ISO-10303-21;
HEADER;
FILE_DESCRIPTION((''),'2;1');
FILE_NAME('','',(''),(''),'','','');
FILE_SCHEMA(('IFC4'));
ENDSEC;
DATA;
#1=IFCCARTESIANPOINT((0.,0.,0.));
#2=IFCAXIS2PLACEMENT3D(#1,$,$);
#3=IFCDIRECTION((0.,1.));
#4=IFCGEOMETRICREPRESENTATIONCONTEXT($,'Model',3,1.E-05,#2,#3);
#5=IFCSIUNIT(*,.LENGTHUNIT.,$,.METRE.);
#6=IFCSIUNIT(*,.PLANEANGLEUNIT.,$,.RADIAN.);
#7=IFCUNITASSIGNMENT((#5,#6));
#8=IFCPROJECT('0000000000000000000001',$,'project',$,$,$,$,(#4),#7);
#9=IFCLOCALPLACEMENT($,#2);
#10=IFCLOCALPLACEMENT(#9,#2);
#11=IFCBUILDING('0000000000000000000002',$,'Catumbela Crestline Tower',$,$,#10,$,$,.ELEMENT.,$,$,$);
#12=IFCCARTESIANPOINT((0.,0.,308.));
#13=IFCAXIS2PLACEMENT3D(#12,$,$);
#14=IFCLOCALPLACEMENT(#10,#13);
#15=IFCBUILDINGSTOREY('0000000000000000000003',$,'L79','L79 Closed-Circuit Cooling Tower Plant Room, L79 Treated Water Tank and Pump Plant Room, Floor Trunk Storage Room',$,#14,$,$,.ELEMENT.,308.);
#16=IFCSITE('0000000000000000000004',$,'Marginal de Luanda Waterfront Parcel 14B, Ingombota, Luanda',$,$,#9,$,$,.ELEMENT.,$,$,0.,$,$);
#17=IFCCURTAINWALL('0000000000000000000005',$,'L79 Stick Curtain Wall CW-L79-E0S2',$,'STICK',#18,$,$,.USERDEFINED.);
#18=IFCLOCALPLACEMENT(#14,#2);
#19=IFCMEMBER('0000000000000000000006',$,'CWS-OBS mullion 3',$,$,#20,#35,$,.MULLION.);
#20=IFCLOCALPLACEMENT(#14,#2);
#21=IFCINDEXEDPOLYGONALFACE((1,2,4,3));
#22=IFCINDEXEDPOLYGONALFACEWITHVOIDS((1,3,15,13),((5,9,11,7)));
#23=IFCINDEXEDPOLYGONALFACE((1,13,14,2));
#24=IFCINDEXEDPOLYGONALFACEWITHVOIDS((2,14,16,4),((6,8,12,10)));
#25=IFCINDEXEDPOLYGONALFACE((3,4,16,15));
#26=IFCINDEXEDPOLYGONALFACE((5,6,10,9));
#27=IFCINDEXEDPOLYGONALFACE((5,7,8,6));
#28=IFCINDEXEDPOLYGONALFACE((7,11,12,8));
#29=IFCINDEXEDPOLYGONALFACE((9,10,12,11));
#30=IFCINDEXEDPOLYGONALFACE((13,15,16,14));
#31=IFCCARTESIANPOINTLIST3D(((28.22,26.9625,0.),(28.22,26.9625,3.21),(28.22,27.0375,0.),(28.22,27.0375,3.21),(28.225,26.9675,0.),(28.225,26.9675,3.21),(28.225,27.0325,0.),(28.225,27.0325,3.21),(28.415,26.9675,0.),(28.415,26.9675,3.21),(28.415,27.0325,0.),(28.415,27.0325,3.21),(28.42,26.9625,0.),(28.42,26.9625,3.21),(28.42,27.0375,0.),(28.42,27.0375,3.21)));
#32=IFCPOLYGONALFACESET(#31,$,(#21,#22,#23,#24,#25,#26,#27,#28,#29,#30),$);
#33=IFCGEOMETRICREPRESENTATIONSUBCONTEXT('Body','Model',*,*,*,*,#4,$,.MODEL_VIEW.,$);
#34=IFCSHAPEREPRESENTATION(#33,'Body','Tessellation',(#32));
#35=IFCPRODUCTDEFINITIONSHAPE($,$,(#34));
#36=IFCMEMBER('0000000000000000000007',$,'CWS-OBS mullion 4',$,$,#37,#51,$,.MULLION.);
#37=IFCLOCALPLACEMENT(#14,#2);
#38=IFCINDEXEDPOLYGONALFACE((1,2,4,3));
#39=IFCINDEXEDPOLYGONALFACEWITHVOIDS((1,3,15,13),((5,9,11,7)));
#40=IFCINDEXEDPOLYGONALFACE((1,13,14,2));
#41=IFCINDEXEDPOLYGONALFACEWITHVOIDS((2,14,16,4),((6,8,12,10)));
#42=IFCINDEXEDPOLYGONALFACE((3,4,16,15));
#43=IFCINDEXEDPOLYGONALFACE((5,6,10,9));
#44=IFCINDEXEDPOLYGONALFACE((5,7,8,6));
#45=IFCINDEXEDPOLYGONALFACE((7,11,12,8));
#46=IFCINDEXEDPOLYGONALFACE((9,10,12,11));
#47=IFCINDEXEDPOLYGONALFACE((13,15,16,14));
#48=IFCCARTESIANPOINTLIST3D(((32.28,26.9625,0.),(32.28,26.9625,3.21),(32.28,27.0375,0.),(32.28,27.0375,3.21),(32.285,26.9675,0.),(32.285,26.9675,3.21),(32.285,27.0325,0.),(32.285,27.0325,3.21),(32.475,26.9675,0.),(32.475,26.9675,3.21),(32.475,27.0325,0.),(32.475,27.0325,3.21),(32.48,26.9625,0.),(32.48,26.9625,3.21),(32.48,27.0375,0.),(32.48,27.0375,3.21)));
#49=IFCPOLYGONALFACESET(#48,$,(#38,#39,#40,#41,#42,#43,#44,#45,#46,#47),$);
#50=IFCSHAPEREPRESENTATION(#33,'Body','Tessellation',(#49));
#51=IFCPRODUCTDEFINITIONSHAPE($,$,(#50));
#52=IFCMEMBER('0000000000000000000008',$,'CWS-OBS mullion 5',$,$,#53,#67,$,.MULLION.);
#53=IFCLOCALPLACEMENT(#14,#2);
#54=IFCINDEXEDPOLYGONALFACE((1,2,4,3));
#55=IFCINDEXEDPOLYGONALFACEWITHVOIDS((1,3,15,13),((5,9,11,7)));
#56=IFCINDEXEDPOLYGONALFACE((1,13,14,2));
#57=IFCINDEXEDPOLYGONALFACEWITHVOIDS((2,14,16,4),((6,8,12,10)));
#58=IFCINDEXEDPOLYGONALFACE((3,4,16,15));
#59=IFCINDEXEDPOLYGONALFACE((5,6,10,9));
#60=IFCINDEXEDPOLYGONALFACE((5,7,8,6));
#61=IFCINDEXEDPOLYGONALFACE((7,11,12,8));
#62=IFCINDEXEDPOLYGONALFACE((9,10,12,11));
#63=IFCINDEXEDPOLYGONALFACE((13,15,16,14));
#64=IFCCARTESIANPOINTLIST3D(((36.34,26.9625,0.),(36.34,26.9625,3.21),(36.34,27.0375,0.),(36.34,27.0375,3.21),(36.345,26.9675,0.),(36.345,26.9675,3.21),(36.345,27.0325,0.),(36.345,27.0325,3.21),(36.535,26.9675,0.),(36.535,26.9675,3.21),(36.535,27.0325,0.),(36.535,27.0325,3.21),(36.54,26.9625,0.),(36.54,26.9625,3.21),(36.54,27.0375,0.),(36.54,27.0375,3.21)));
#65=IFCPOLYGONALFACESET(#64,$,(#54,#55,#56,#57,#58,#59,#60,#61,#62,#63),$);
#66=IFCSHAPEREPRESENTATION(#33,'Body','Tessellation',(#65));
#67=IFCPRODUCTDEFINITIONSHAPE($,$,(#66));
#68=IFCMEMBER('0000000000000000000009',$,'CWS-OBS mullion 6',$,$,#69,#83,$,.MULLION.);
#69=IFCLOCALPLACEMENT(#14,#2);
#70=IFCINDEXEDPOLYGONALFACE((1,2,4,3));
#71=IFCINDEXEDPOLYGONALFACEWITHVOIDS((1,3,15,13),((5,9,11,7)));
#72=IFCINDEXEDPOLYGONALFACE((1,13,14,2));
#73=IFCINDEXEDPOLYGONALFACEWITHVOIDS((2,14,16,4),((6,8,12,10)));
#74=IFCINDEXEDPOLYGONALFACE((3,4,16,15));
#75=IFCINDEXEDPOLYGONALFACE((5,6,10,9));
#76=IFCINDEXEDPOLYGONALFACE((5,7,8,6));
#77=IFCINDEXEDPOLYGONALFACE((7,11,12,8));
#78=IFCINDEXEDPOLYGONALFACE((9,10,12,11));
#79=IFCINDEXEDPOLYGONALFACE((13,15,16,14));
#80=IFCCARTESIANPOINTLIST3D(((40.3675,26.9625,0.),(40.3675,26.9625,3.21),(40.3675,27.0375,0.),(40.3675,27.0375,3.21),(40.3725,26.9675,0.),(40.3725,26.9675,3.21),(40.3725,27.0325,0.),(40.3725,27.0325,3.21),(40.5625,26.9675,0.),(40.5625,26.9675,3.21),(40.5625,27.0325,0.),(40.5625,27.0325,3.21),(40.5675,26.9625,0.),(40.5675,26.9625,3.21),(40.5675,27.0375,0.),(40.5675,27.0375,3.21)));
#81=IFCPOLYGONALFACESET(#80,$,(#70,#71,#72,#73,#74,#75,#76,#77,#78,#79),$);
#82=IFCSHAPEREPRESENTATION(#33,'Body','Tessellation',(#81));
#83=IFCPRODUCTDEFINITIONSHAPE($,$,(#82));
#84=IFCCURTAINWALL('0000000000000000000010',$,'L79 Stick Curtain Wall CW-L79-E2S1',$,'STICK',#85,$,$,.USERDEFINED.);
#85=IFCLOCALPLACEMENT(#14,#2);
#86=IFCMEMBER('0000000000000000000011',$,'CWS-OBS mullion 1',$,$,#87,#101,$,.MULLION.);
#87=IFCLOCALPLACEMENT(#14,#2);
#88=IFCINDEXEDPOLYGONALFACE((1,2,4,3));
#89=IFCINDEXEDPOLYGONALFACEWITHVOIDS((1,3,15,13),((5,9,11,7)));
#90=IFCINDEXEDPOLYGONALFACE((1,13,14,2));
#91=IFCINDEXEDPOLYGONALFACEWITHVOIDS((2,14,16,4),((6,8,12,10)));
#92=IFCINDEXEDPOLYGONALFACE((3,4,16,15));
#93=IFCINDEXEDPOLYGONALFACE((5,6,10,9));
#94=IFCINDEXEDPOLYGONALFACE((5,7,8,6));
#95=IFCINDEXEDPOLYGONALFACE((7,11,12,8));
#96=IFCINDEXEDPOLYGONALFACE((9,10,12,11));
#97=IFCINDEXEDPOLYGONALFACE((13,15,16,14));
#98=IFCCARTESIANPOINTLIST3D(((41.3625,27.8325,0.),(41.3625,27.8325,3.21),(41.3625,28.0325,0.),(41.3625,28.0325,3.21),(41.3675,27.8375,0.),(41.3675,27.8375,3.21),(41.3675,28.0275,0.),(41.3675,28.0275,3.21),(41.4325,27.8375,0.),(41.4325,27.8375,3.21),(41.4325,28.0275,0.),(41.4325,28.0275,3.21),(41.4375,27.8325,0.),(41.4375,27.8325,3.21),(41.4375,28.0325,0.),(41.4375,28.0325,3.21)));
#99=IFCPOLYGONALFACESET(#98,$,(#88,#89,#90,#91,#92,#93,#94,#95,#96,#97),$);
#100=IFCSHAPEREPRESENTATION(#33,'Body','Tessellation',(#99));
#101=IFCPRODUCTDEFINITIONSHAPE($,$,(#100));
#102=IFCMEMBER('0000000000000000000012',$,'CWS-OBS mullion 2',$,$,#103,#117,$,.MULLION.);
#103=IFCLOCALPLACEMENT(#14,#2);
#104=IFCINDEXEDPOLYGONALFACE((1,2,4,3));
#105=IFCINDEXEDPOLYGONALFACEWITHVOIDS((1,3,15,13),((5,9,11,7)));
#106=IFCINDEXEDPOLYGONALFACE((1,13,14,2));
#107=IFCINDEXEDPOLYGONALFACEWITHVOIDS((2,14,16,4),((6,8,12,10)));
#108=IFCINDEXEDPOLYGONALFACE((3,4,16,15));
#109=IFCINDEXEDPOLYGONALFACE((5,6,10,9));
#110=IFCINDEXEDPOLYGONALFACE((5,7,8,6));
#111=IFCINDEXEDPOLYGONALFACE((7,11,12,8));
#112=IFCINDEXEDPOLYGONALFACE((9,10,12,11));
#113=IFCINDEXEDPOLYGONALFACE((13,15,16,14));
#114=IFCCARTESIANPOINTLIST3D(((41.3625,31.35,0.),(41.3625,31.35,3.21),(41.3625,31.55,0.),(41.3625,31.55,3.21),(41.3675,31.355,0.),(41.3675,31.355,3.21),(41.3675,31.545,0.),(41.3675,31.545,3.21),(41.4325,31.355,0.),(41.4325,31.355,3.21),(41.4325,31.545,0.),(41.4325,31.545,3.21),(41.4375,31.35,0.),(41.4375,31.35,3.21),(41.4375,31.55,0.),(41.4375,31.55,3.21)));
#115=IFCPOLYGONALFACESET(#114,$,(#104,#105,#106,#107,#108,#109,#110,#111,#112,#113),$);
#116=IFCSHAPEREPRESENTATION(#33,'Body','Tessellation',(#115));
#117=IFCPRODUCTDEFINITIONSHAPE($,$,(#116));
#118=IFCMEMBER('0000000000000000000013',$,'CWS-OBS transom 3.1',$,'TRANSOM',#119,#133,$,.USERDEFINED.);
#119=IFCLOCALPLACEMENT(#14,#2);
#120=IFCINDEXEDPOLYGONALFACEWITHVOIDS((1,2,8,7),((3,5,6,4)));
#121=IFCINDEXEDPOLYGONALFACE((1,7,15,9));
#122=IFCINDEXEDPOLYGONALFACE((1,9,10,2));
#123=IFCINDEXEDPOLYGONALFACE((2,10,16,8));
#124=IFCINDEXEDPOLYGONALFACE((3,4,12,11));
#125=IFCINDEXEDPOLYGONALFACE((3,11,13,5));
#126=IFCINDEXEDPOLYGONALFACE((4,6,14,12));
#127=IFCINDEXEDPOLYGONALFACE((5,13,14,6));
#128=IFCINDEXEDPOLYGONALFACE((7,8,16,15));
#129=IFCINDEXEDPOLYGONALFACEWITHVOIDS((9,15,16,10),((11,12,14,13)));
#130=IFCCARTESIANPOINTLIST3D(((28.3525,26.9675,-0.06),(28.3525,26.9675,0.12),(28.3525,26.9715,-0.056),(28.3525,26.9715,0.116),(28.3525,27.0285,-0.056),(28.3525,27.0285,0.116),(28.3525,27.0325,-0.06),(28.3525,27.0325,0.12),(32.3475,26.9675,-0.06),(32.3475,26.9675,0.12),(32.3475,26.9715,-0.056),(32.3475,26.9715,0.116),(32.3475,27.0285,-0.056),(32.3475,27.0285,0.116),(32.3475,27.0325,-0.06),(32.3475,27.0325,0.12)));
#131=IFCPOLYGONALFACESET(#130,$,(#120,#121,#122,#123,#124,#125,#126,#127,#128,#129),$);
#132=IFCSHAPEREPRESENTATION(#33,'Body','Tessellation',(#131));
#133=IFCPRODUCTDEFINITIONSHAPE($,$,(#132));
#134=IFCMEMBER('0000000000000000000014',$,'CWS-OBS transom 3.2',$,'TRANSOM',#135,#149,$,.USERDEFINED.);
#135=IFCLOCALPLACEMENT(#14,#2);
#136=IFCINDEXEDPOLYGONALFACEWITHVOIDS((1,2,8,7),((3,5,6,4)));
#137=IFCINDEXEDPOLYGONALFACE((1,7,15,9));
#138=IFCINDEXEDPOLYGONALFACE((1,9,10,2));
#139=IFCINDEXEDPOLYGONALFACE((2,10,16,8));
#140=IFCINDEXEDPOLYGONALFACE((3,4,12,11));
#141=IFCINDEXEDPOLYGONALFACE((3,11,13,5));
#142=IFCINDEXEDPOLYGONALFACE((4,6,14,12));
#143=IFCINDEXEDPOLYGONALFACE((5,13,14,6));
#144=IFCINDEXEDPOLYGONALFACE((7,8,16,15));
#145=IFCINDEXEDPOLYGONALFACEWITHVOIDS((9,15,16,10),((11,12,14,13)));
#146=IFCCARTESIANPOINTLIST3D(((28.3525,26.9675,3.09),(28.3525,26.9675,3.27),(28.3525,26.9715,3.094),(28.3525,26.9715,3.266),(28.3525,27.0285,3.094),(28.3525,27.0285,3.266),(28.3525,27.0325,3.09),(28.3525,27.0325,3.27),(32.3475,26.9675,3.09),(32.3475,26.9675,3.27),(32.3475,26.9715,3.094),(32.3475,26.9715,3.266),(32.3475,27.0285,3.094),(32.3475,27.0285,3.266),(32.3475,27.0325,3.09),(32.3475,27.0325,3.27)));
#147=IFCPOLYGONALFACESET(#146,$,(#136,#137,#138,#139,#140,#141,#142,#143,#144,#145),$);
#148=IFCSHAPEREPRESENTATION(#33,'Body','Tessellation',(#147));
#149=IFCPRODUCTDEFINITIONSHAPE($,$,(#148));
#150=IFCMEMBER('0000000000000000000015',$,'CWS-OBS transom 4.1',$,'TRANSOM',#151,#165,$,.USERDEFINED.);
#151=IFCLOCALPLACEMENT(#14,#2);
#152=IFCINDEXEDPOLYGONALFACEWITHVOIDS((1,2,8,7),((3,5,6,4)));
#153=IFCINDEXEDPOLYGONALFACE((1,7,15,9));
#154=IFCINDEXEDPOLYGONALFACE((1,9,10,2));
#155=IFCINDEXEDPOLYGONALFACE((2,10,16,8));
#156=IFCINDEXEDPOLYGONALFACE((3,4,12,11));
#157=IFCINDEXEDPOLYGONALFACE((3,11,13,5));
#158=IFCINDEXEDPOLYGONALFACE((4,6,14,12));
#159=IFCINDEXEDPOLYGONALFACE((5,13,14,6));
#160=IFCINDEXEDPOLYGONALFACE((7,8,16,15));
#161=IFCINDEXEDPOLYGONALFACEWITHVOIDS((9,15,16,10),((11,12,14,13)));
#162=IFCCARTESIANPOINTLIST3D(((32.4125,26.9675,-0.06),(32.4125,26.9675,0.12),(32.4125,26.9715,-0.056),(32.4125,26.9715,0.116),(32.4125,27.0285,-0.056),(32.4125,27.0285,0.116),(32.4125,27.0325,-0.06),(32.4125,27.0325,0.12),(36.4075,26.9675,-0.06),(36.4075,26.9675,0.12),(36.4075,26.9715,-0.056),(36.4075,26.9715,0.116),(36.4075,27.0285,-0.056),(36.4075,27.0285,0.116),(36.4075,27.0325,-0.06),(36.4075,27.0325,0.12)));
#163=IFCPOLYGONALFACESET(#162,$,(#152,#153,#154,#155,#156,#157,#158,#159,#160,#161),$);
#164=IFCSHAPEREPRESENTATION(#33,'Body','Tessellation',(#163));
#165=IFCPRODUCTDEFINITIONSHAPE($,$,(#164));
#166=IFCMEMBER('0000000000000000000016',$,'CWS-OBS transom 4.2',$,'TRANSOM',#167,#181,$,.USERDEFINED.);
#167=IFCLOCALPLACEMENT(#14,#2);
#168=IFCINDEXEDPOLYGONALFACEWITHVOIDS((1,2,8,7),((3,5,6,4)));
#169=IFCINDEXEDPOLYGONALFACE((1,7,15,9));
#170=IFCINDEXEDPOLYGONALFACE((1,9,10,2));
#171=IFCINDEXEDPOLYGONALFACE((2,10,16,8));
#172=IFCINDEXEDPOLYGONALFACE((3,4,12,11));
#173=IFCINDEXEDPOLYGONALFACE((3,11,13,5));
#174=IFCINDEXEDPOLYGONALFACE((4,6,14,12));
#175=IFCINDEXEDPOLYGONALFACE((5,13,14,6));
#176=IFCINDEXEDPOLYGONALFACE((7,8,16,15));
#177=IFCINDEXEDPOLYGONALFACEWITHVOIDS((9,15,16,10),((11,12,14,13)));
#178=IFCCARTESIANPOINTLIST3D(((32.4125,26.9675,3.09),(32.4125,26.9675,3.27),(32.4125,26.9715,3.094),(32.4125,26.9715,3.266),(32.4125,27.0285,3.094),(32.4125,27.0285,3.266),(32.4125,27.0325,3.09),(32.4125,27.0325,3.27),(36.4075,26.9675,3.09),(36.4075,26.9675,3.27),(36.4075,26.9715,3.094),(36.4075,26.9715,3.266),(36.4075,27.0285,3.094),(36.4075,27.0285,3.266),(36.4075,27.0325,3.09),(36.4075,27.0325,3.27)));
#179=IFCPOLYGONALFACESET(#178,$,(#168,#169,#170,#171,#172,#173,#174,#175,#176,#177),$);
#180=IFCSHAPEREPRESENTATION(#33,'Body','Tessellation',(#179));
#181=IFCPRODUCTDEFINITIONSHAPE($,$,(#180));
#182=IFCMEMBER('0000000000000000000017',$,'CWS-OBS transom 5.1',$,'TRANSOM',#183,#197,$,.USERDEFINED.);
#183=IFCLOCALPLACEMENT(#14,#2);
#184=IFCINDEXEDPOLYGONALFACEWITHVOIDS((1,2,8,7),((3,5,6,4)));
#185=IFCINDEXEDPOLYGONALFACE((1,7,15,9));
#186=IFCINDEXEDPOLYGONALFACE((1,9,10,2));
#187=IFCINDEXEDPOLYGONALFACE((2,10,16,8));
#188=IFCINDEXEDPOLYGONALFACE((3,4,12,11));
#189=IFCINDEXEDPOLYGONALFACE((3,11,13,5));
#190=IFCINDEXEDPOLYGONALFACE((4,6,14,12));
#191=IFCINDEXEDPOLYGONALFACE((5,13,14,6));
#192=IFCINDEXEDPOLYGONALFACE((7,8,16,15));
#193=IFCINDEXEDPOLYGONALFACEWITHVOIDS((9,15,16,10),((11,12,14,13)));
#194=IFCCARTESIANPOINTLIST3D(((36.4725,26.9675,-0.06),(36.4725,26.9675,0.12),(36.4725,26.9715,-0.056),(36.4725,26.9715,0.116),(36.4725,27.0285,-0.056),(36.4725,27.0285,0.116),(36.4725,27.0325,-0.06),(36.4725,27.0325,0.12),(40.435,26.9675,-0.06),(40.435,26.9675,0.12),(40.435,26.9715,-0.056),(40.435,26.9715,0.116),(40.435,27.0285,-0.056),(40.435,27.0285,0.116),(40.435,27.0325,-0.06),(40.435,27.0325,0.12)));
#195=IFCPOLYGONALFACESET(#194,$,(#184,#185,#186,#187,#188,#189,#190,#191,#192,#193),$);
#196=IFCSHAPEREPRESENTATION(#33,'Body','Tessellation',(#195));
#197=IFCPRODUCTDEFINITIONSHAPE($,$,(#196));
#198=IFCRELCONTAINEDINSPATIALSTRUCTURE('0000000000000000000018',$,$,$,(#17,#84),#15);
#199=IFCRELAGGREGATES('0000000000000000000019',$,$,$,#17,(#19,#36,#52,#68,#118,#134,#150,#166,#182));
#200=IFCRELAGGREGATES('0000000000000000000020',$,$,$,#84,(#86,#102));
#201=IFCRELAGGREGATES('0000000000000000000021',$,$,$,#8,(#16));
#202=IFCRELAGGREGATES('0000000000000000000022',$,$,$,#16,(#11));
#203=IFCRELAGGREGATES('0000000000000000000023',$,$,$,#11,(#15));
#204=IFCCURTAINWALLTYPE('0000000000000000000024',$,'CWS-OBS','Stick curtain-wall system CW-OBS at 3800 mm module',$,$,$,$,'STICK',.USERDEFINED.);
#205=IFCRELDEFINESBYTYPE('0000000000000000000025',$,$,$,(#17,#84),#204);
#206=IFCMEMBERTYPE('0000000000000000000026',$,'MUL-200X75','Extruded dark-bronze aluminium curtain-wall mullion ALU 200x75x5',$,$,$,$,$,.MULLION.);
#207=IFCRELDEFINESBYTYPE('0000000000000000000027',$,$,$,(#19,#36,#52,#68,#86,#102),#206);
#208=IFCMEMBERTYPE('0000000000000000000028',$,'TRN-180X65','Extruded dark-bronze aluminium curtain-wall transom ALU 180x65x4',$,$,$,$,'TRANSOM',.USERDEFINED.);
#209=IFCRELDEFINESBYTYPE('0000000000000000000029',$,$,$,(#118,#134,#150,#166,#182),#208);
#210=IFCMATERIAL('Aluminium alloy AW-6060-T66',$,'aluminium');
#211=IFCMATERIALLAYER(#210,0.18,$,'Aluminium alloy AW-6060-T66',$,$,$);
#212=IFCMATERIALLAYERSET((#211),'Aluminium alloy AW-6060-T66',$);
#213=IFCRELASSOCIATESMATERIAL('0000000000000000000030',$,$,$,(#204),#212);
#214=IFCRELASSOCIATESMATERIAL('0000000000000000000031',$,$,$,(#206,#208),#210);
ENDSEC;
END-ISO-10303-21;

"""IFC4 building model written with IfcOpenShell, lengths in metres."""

from ifc_helpers import new_model, si_unit, direction, frame, origin, origin_2d, place, context, subcontext, project, spatial, hollow_rectangle, extrude, material, layer, layer_set, material_profile, profile_set, type_object, element, aggregate, save


model = new_model("IFC4")

# Units and contexts
model_context = context("Model", 3, precision=1e-05, world=origin(), true_north=direction((0.0, 1.0)))
body_context = subcontext(model_context, "Body", "Model", "MODEL_VIEW")
ifc_project = project(units=[si_unit("LENGTHUNIT", "METRE"), si_unit("PLANEANGLEUNIT", "RADIAN")], contexts=[model_context])

# Site, building, storey
site_placement = place(None, origin())
site = spatial("IfcSite", under=ifc_project, at=site_placement, Name="Marginal de Luanda Waterfront Parcel 14B, Ingombota, Luanda", CompositionType="ELEMENT", RefElevation=0.0)
building_placement = place(site_placement, origin())
building = spatial("IfcBuilding", under=site, at=building_placement, Name="Catumbela Crestline Tower", CompositionType="ELEMENT")
storey_placement = place(building_placement, frame((0.0, 0.0, 308.0)))
storey = spatial("IfcBuildingStorey", under=building, at=storey_placement, Name="L79", Description="L79 Closed-Circuit Cooling Tower Plant Room, L79 Treated Water Tank and Pump Plant Room, Floor Trunk Storage Room", CompositionType="ELEMENT", Elevation=308.0)

# Curtain walls, members
ifc_material_1 = material(Name="Aluminium alloy AW-6060-T66", Category="aluminium")
ifc_layer_1 = layer(ifc_material_1, 0.18, Name="Aluminium alloy AW-6060-T66")
ifc_layer_set_1 = layer_set([ifc_layer_1], Name="Aluminium alloy AW-6060-T66")
curtain_wall_type = type_object("IfcCurtainWallType", Name="CWS-OBS", Description="Stick curtain-wall system CW-OBS at 3800 mm module", ElementType="STICK", PredefinedType="USERDEFINED", material=ifc_layer_set_1)
curtain_wall_1_placement = place(storey_placement, origin())
curtain_wall_1 = element("IfcCurtainWall", 1, at=curtain_wall_1_placement, inside=storey, type_object=curtain_wall_type, Name="L79 Stick Curtain Wall CW-L79-E0S2", ObjectType="STICK", PredefinedType="USERDEFINED")
ifc_material_profile_1 = material_profile(ifc_material_1, hollow_rectangle(XDim=0.075, YDim=0.2, WallThickness=0.005, at=origin_2d()), Name="ALU 200x75x5")
ifc_profile_set_1 = profile_set([ifc_material_profile_1], Name="Aluminium alloy AW-6060-T66")
member_type_1 = type_object("IfcMemberType", Name="MUL-200X75", Description="Extruded dark-bronze aluminium curtain-wall mullion ALU 200x75x5", PredefinedType="MULLION", material=ifc_profile_set_1)
member_1_placement = place(storey_placement, frame((28.32, 27.0, 0.0), z_axis=(0.0, 0.0, 1.0), x_axis=(0.0, 1.0, 0.0)))
member_1 = element("IfcMember", 2, at=member_1_placement, type_object=member_type_1, Name="CWS-OBS mullion 3", PredefinedType="MULLION", context=body_context, shape_type="SweptSolid", body=[
    extrude(hollow_rectangle(XDim=0.075, YDim=0.2, WallThickness=0.005, at=origin_2d()), origin(), (0.0, 0.0, 1.0), 3.21),
])
member_2_placement = place(storey_placement, frame((32.38, 27.0, 0.0), z_axis=(0.0, 0.0, 1.0), x_axis=(0.0, 1.0, 0.0)))
member_2 = element("IfcMember", 3, at=member_2_placement, type_object=member_type_1, Name="CWS-OBS mullion 4", PredefinedType="MULLION", context=body_context, shape_type="SweptSolid", body=[
    extrude(hollow_rectangle(XDim=0.075, YDim=0.2, WallThickness=0.005, at=origin_2d()), origin(), (0.0, 0.0, 1.0), 3.21),
])
member_3_placement = place(storey_placement, frame((36.44, 27.0, 0.0), z_axis=(0.0, 0.0, 1.0), x_axis=(0.0, 1.0, 0.0)))
member_3 = element("IfcMember", 4, at=member_3_placement, type_object=member_type_1, Name="CWS-OBS mullion 5", PredefinedType="MULLION", context=body_context, shape_type="SweptSolid", body=[
    extrude(hollow_rectangle(XDim=0.075, YDim=0.2, WallThickness=0.005, at=origin_2d()), origin(), (0.0, 0.0, 1.0), 3.21),
])
member_4_placement = place(storey_placement, frame((40.4675, 27.0, 0.0), z_axis=(0.0, 0.0, 1.0), x_axis=(0.0, 1.0, 0.0)))
member_4 = element("IfcMember", 5, at=member_4_placement, type_object=member_type_1, Name="CWS-OBS mullion 6", PredefinedType="MULLION", context=body_context, shape_type="SweptSolid", body=[
    extrude(hollow_rectangle(XDim=0.075, YDim=0.2, WallThickness=0.005, at=origin_2d()), origin(), (0.0, 0.0, 1.0), 3.21),
])
curtain_wall_2_placement = place(storey_placement, origin())
curtain_wall_2 = element("IfcCurtainWall", 6, at=curtain_wall_2_placement, inside=storey, type_object=curtain_wall_type, Name="L79 Stick Curtain Wall CW-L79-E2S1", ObjectType="STICK", PredefinedType="USERDEFINED")
member_5_placement = place(storey_placement, frame((41.4, 27.9325, 0.0), z_axis=(0.0, 0.0, 1.0), x_axis=(-1.0, 0.0, 0.0)))
member_5 = element("IfcMember", 7, at=member_5_placement, type_object=member_type_1, Name="CWS-OBS mullion 1", PredefinedType="MULLION", context=body_context, shape_type="SweptSolid", body=[
    extrude(hollow_rectangle(XDim=0.075, YDim=0.2, WallThickness=0.005, at=origin_2d()), origin(), (0.0, 0.0, 1.0), 3.21),
])
member_6_placement = place(storey_placement, frame((41.4, 31.45, 0.0), z_axis=(0.0, 0.0, 1.0), x_axis=(-1.0, 0.0, 0.0)))
member_6 = element("IfcMember", 8, at=member_6_placement, type_object=member_type_1, Name="CWS-OBS mullion 2", PredefinedType="MULLION", context=body_context, shape_type="SweptSolid", body=[
    extrude(hollow_rectangle(XDim=0.075, YDim=0.2, WallThickness=0.005, at=origin_2d()), origin(), (0.0, 0.0, 1.0), 3.21),
])

# Members
ifc_material_profile_2 = material_profile(ifc_material_1, hollow_rectangle(XDim=0.065, YDim=0.18, WallThickness=0.004, at=origin_2d()), Name="ALU 180x65x4")
ifc_profile_set_2 = profile_set([ifc_material_profile_2], Name="Aluminium alloy AW-6060-T66")
member_type_2 = type_object("IfcMemberType", Name="TRN-180X65", Description="Extruded dark-bronze aluminium curtain-wall transom ALU 180x65x4", ElementType="TRANSOM", PredefinedType="USERDEFINED", material=ifc_profile_set_2)
member_7_placement = place(storey_placement, frame((28.3525, 27.0, 0.03), z_axis=(1.0, 0.0, 0.0), x_axis=(0.0, 1.0, 0.0)))
member_7 = element("IfcMember", 9, at=member_7_placement, type_object=member_type_2, Name="CWS-OBS transom 3.1", ObjectType="TRANSOM", PredefinedType="USERDEFINED", context=body_context, shape_type="SweptSolid", body=[
    extrude(hollow_rectangle(XDim=0.065, YDim=0.18, WallThickness=0.004, at=origin_2d()), origin(), (0.0, 0.0, 1.0), 3.995),
])
member_8_placement = place(storey_placement, frame((28.3525, 27.0, 3.18), z_axis=(1.0, 0.0, 0.0), x_axis=(0.0, 1.0, 0.0)))
member_8 = element("IfcMember", 10, at=member_8_placement, type_object=member_type_2, Name="CWS-OBS transom 3.2", ObjectType="TRANSOM", PredefinedType="USERDEFINED", context=body_context, shape_type="SweptSolid", body=[
    extrude(hollow_rectangle(XDim=0.065, YDim=0.18, WallThickness=0.004, at=origin_2d()), origin(), (0.0, 0.0, 1.0), 3.995),
])
member_9_placement = place(storey_placement, frame((32.4125, 27.0, 0.03), z_axis=(1.0, 0.0, 0.0), x_axis=(0.0, 1.0, 0.0)))
member_9 = element("IfcMember", 11, at=member_9_placement, type_object=member_type_2, Name="CWS-OBS transom 4.1", ObjectType="TRANSOM", PredefinedType="USERDEFINED", context=body_context, shape_type="SweptSolid", body=[
    extrude(hollow_rectangle(XDim=0.065, YDim=0.18, WallThickness=0.004, at=origin_2d()), origin(), (0.0, 0.0, 1.0), 3.995),
])
member_10_placement = place(storey_placement, frame((32.4125, 27.0, 3.18), z_axis=(1.0, 0.0, 0.0), x_axis=(0.0, 1.0, 0.0)))
member_10 = element("IfcMember", 12, at=member_10_placement, type_object=member_type_2, Name="CWS-OBS transom 4.2", ObjectType="TRANSOM", PredefinedType="USERDEFINED", context=body_context, shape_type="SweptSolid", body=[
    extrude(hollow_rectangle(XDim=0.065, YDim=0.18, WallThickness=0.004, at=origin_2d()), origin(), (0.0, 0.0, 1.0), 3.995),
])
member_11_placement = place(storey_placement, frame((36.4725, 27.0, 0.03), z_axis=(1.0, 0.0, 0.0), x_axis=(0.0, 1.0, 0.0)))
member_11 = element("IfcMember", 13, at=member_11_placement, type_object=member_type_2, Name="CWS-OBS transom 5.1", ObjectType="TRANSOM", PredefinedType="USERDEFINED", context=body_context, shape_type="SweptSolid", body=[
    extrude(hollow_rectangle(XDim=0.065, YDim=0.18, WallThickness=0.004, at=origin_2d()), origin(), (0.0, 0.0, 1.0), 3.9625),
])

aggregate(curtain_wall_1, [member_1, member_2, member_3, member_4, member_7, member_8, member_9, member_10, member_11])
aggregate(curtain_wall_2, [member_5, member_6])

save(model, "model.ifc")
